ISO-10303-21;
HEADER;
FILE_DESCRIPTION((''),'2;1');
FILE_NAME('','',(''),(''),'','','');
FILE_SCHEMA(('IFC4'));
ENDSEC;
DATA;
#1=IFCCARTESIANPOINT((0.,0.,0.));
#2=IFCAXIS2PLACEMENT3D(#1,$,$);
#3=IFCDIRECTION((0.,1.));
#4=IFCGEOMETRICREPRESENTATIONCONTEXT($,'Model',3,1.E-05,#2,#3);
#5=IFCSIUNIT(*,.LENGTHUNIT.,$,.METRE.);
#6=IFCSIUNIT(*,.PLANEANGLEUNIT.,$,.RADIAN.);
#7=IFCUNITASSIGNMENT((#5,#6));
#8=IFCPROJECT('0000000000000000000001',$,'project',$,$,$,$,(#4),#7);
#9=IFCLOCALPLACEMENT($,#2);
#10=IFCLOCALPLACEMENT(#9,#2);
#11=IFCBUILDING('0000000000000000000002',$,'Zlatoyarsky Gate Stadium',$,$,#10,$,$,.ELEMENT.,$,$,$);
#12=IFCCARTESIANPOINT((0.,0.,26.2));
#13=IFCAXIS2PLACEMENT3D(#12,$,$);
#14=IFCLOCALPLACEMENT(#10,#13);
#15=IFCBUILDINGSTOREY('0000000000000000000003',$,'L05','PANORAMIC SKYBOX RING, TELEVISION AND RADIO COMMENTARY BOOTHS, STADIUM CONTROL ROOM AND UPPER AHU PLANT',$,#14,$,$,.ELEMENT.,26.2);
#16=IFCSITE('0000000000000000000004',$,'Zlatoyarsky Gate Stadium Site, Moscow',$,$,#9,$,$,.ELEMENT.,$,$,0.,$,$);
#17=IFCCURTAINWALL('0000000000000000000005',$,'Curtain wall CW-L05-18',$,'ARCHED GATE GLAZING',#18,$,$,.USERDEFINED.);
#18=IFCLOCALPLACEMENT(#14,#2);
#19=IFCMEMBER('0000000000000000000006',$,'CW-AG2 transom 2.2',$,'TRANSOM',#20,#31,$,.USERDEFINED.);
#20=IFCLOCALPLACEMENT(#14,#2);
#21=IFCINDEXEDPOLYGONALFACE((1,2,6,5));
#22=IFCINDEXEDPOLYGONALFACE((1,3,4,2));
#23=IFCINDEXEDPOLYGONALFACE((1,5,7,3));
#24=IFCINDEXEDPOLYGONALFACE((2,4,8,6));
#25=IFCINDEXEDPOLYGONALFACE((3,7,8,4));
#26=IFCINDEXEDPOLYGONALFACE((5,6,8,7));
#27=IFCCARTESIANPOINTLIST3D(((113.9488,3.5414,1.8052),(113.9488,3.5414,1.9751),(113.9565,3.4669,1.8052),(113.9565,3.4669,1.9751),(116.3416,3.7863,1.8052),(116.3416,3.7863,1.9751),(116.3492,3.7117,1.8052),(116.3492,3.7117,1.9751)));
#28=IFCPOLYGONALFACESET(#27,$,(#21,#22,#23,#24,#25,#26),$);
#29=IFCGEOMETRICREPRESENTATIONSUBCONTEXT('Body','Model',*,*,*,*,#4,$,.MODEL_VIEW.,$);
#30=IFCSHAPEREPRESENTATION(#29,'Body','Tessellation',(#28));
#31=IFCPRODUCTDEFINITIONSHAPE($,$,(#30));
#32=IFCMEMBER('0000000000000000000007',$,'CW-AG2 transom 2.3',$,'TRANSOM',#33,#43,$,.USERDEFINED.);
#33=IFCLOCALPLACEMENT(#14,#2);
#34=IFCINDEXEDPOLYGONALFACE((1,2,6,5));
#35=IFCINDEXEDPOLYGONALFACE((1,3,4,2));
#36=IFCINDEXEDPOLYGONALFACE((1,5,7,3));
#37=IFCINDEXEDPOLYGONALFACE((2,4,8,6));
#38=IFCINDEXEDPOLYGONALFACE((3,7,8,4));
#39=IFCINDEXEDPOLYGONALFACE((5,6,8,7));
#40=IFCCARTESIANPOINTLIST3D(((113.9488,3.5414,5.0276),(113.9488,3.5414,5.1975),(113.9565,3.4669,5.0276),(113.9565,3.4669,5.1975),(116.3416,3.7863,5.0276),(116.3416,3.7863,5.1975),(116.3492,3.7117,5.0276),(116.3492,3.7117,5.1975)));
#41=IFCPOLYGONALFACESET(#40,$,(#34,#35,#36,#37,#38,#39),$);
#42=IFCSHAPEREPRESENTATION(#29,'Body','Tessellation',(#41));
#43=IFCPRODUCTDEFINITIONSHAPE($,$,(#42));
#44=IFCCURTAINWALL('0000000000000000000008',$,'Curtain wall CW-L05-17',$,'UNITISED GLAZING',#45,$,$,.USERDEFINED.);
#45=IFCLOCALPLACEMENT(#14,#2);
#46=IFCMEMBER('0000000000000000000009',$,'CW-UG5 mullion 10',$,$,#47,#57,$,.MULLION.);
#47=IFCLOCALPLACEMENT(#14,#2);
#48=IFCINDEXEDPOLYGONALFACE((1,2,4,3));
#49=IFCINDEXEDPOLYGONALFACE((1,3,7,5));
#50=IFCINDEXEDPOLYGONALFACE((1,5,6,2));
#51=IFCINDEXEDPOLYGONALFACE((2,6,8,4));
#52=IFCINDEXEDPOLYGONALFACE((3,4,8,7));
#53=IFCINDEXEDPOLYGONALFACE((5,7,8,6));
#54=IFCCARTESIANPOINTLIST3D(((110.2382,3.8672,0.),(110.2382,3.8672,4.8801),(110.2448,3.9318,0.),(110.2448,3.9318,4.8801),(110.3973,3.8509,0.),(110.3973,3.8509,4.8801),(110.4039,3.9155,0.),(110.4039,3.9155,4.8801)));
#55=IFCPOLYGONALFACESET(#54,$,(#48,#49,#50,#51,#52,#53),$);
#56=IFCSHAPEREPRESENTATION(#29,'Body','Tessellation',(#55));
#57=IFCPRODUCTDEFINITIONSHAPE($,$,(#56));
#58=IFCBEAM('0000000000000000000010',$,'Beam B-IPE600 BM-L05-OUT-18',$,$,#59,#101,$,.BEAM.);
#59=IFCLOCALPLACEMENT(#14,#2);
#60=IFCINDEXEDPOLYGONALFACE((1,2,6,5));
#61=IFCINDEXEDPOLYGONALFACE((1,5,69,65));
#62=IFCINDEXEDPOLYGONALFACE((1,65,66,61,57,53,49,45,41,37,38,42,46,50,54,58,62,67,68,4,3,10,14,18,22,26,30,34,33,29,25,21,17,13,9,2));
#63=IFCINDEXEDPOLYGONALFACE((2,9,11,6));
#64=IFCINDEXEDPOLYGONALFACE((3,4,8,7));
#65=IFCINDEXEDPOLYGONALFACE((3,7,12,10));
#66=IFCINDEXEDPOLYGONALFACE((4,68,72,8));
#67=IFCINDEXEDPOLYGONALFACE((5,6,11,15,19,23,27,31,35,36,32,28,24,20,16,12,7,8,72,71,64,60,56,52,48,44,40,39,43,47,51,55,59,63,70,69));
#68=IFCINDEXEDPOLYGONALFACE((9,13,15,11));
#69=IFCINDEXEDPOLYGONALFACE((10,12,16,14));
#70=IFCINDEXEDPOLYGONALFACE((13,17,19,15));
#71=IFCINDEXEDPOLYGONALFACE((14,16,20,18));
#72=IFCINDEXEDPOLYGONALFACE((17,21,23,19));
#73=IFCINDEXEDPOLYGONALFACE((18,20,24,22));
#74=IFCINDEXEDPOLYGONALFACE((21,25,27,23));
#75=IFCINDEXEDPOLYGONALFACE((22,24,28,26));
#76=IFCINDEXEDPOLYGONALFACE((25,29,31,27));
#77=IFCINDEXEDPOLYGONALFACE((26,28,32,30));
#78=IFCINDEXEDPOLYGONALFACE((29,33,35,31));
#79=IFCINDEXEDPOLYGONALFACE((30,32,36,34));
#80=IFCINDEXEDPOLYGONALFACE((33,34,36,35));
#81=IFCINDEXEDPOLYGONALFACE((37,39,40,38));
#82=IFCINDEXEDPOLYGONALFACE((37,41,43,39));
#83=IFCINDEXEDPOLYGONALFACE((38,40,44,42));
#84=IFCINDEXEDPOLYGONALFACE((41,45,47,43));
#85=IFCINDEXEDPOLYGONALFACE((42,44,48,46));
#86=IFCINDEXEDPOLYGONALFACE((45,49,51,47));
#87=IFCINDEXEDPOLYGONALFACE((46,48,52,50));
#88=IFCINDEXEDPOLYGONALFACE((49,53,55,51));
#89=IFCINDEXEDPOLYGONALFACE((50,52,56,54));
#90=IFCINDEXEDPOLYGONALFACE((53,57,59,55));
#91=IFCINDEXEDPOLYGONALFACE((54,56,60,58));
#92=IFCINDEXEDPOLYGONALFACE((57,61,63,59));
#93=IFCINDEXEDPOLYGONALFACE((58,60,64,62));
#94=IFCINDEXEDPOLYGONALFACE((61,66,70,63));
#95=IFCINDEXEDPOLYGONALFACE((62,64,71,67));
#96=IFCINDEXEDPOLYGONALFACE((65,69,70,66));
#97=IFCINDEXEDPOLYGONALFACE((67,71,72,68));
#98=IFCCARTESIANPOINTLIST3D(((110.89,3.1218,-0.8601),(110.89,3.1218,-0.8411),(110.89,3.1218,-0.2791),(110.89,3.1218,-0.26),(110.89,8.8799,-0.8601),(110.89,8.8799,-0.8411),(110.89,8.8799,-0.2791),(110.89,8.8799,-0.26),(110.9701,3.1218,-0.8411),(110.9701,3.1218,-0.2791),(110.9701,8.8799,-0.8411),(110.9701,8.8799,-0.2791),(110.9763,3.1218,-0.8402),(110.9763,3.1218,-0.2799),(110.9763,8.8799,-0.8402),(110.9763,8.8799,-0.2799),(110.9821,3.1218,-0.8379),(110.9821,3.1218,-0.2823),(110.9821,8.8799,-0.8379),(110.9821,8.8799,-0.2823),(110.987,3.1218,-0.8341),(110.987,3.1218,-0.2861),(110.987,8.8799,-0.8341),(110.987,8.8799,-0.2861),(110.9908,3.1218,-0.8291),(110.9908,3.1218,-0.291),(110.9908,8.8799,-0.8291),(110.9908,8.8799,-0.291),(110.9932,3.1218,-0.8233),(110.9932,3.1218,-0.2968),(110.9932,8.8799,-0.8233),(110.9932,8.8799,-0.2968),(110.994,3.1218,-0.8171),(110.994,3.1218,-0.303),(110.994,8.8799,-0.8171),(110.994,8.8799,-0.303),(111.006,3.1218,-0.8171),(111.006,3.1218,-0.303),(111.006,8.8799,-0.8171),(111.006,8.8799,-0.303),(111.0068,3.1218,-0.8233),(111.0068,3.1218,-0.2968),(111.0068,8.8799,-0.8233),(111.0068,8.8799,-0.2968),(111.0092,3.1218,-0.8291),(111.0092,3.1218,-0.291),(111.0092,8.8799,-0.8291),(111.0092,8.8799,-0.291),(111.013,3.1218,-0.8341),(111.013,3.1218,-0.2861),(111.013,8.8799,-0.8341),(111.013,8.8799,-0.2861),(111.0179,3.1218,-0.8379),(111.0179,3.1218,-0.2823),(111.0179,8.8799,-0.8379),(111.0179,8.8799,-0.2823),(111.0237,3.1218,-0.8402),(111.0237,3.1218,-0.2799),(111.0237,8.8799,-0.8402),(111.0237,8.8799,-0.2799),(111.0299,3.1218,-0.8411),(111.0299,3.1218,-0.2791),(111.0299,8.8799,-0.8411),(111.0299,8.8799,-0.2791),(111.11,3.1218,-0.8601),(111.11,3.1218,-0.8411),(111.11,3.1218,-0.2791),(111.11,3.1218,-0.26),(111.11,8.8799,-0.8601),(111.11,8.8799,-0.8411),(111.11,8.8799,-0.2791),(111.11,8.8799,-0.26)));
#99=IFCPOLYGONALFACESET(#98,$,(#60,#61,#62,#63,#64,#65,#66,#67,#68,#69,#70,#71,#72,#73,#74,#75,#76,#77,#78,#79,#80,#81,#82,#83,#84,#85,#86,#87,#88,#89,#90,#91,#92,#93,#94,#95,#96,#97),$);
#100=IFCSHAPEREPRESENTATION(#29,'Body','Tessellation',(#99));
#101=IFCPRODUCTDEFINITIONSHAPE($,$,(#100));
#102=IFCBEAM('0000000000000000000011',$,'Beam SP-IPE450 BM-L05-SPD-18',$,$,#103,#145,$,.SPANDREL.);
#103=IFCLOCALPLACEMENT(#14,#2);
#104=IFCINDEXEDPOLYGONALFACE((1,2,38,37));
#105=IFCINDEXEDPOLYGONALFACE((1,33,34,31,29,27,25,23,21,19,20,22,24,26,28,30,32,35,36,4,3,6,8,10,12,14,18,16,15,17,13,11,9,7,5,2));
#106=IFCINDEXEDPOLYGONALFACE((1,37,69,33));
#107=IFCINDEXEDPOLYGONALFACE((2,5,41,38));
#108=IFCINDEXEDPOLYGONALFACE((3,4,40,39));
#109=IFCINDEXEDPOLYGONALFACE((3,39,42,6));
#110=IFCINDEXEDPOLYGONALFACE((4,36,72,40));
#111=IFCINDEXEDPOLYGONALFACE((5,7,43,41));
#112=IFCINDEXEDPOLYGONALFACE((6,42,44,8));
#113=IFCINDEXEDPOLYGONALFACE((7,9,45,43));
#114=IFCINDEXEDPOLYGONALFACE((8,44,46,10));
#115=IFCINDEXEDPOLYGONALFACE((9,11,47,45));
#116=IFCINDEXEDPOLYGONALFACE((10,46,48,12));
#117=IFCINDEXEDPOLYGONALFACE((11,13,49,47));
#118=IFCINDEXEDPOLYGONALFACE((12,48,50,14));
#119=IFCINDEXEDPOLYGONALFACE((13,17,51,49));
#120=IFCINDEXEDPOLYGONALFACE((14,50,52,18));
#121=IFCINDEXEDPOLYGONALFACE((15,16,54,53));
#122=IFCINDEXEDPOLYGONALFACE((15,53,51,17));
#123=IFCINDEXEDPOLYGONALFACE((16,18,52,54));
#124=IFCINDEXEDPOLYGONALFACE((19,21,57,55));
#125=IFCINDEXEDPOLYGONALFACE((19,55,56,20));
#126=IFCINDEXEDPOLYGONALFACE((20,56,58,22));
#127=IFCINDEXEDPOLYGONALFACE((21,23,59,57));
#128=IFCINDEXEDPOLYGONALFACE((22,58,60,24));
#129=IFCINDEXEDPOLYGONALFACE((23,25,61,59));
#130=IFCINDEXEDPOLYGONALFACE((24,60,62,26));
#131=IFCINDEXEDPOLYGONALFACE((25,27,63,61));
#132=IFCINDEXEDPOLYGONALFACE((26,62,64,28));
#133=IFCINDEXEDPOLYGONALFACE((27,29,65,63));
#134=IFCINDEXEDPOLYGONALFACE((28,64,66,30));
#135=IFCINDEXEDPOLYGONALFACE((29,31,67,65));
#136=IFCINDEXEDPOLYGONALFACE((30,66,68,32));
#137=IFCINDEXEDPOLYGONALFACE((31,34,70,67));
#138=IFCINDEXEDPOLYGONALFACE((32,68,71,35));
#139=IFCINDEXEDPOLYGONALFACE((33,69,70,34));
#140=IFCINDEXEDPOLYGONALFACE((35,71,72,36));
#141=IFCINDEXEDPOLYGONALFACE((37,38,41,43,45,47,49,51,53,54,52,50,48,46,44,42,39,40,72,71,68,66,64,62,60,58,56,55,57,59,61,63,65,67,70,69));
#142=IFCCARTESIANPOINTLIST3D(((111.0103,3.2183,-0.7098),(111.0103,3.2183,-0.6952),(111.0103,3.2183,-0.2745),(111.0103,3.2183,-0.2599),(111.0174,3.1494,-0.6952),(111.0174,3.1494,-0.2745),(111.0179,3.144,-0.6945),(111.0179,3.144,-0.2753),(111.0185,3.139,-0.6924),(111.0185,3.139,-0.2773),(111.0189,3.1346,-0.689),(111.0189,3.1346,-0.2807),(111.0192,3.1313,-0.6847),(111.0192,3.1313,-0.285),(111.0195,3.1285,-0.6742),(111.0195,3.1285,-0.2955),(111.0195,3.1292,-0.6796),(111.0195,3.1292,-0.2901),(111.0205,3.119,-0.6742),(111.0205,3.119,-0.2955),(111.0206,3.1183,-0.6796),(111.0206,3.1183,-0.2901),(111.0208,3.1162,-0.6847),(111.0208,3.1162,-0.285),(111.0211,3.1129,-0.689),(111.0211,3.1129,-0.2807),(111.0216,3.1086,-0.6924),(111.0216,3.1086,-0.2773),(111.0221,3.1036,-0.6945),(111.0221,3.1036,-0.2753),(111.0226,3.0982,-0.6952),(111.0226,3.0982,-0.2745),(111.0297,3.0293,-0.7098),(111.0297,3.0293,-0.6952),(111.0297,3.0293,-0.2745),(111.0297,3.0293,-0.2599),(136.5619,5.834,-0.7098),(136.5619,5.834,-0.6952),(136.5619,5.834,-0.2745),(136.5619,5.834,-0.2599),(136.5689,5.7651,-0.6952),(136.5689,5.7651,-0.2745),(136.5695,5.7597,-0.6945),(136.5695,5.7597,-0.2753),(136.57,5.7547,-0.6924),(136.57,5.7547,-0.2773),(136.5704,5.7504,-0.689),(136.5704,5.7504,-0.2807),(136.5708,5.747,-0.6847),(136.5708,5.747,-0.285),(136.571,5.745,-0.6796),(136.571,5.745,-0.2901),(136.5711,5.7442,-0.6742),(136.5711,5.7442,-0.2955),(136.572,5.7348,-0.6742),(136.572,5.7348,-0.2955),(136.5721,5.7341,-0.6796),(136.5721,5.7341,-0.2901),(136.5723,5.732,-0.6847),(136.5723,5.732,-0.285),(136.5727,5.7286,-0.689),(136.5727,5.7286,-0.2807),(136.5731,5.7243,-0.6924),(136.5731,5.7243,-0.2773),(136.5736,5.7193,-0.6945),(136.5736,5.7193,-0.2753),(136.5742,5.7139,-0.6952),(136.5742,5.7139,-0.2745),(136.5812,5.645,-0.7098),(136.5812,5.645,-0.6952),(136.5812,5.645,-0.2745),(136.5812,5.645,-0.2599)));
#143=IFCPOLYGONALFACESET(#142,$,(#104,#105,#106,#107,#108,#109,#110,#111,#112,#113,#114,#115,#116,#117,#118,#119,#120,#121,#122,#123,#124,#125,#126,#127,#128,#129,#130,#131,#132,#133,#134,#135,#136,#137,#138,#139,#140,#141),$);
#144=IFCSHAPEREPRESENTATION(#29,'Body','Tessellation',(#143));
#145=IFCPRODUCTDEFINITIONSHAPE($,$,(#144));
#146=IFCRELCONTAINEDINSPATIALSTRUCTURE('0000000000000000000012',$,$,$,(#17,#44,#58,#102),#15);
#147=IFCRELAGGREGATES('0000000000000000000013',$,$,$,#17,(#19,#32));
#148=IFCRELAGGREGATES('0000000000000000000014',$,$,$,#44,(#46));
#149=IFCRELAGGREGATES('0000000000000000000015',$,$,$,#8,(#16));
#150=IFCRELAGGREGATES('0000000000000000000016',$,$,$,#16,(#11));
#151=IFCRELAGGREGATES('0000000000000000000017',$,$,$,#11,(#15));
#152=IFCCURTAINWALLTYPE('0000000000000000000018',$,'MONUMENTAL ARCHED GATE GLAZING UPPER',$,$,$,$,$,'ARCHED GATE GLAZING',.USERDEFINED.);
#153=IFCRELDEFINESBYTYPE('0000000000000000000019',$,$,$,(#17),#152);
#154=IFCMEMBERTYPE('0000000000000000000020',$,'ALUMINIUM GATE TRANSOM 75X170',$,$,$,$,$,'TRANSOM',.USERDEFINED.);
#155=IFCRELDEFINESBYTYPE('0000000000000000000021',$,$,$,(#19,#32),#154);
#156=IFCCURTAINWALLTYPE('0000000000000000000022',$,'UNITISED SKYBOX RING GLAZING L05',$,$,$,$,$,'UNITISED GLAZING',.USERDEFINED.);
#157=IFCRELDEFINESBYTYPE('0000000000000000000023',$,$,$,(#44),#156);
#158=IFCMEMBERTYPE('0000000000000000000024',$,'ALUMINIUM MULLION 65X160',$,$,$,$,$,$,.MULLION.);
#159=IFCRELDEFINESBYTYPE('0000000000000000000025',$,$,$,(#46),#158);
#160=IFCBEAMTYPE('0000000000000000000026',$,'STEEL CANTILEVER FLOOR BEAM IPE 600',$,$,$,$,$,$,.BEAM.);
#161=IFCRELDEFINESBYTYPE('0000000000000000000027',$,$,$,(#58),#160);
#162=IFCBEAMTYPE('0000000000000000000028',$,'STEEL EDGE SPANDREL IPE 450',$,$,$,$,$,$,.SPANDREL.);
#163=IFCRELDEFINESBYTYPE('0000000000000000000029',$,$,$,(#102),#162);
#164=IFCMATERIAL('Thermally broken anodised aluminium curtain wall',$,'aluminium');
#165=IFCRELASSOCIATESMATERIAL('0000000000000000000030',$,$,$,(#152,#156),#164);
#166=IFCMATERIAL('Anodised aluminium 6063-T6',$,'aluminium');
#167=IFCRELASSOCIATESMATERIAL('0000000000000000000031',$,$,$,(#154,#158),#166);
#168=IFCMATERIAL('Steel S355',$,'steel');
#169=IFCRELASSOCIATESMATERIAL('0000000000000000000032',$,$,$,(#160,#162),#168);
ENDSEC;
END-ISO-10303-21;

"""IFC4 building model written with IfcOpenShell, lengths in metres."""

from ifc_helpers import new_model, si_unit, direction, frame, origin, origin_2d, place, context, subcontext, project, spatial, rectangle, i_section, extrude, material, material_profile, profile_set, type_object, element, aggregate, save


model = new_model("IFC4")

# Units and contexts
model_context = context("Model", 3, precision=1e-05, world=origin(), true_north=direction((0.0, 1.0)))
body_context = subcontext(model_context, "Body", "Model", "MODEL_VIEW")
ifc_project = project(units=[si_unit("LENGTHUNIT", "METRE"), si_unit("PLANEANGLEUNIT", "RADIAN")], contexts=[model_context])

# Site, building, storey
site_placement = place(None, origin())
site = spatial("IfcSite", under=ifc_project, at=site_placement, Name="Zlatoyarsky Gate Stadium Site, Moscow", CompositionType="ELEMENT", RefElevation=0.0)
building_placement = place(site_placement, origin())
building = spatial("IfcBuilding", under=site, at=building_placement, Name="Zlatoyarsky Gate Stadium", CompositionType="ELEMENT")
storey_placement = place(building_placement, frame((0.0, 0.0, 26.2)))
storey = spatial("IfcBuildingStorey", under=building, at=storey_placement, Name="L05", Description="PANORAMIC SKYBOX RING, TELEVISION AND RADIO COMMENTARY BOOTHS, STADIUM CONTROL ROOM AND UPPER AHU PLANT", CompositionType="ELEMENT", Elevation=26.2)

# Shared definitions
ifc_material_1 = material(Name="Steel S355", Category="steel")

# Curtain wall, members
ifc_material_2 = material(Name="Thermally broken anodised aluminium curtain wall", Category="aluminium")
curtain_wall_type_1 = type_object("IfcCurtainWallType", Name="MONUMENTAL ARCHED GATE GLAZING UPPER", ElementType="ARCHED GATE GLAZING", PredefinedType="USERDEFINED", material=ifc_material_2)
curtain_wall_1_placement = place(storey_placement, origin())
curtain_wall_1 = element("IfcCurtainWall", 1, at=curtain_wall_1_placement, inside=storey, type_object=curtain_wall_type_1, Name="Curtain wall CW-L05-18", ObjectType="ARCHED GATE GLAZING", PredefinedType="USERDEFINED")
ifc_material_3 = material(Name="Anodised aluminium 6063-T6", Category="aluminium")
ifc_material_profile_1 = material_profile(ifc_material_3, rectangle(XDim=0.075, YDim=0.1699, at=origin_2d()), Name="ALU 75X170")
ifc_profile_set_1 = profile_set([ifc_material_profile_1], Name="Anodised aluminium 6063-T6")
member_type_1 = type_object("IfcMemberType", Name="ALUMINIUM GATE TRANSOM 75X170", ElementType="TRANSOM", PredefinedType="USERDEFINED", material=ifc_profile_set_1)
member_1_placement = place(storey_placement, frame((113.9526, 3.5042, 1.8901), z_axis=(0.994804, 0.101805, 0.0), x_axis=(-0.101805, 0.994804, 0.0)))
member_1 = element("IfcMember", 2, at=member_1_placement, type_object=member_type_1, Name="CW-AG2 transom 2.2", ObjectType="TRANSOM", PredefinedType="USERDEFINED", context=body_context, shape_type="SweptSolid", body=[
    extrude(rectangle(XDim=0.075, YDim=0.1699, at=origin_2d()), origin(), (0.0, 0.0, 1.0), 2.4053),
])
member_2_placement = place(storey_placement, frame((113.9526, 3.5042, 5.1125), z_axis=(0.994804, 0.101805, 0.0), x_axis=(-0.101805, 0.994804, 0.0)))
member_2 = element("IfcMember", 3, at=member_2_placement, type_object=member_type_1, Name="CW-AG2 transom 2.3", ObjectType="TRANSOM", PredefinedType="USERDEFINED", context=body_context, shape_type="SweptSolid", body=[
    extrude(rectangle(XDim=0.075, YDim=0.1699, at=origin_2d()), origin(), (0.0, 0.0, 1.0), 2.4053),
])

# Curtain wall, member
curtain_wall_type_2 = type_object("IfcCurtainWallType", Name="UNITISED SKYBOX RING GLAZING L05", ElementType="UNITISED GLAZING", PredefinedType="USERDEFINED", material=ifc_material_2)
curtain_wall_2_placement = place(storey_placement, origin())
curtain_wall_2 = element("IfcCurtainWall", 4, at=curtain_wall_2_placement, inside=storey, type_object=curtain_wall_type_2, Name="Curtain wall CW-L05-17", ObjectType="UNITISED GLAZING", PredefinedType="USERDEFINED")
ifc_material_profile_2 = material_profile(ifc_material_3, rectangle(XDim=0.0649, YDim=0.1599, at=origin_2d()), Name="ALU 65X160")
ifc_profile_set_2 = profile_set([ifc_material_profile_2], Name="Anodised aluminium 6063-T6")
member_type_2 = type_object("IfcMemberType", Name="ALUMINIUM MULLION 65X160", PredefinedType="MULLION", material=ifc_profile_set_2)
member_3_placement = place(storey_placement, frame((110.321, 3.8914, 0.0), z_axis=(0.0, 0.0, 1.0), x_axis=(0.101618, 0.994823, 0.0)))
member_3 = element("IfcMember", 5, at=member_3_placement, type_object=member_type_2, Name="CW-UG5 mullion 10", PredefinedType="MULLION", context=body_context, shape_type="SweptSolid", body=[
    extrude(rectangle(XDim=0.0649, YDim=0.1599, at=origin_2d()), origin(), (0.0, 0.0, 1.0), 4.8801),
])

# Beams
ifc_material_profile_3 = material_profile(ifc_material_1, i_section(OverallWidth=0.22, OverallDepth=0.6001, WebThickness=0.012, FlangeThickness=0.019, FilletRadius=0.0239, at=origin_2d()), Name="IPE 600")
ifc_profile_set_3 = profile_set([ifc_material_profile_3], Name="Steel S355")
beam_type_1 = type_object("IfcBeamType", Name="STEEL CANTILEVER FLOOR BEAM IPE 600", PredefinedType="BEAM", material=ifc_profile_set_3)
beam_1_placement = place(storey_placement, frame((111.0, 8.8799, -0.5601), z_axis=(0.0, -1.0, 0.0), x_axis=(1.0, 0.0, 0.0)))
element("IfcBeam", 6, at=beam_1_placement, inside=storey, type_object=beam_type_1, Name="Beam B-IPE600 BM-L05-OUT-18", PredefinedType="BEAM", context=body_context, shape_type="SweptSolid", body=[
    extrude(i_section(OverallWidth=0.22, OverallDepth=0.6001, WebThickness=0.012, FlangeThickness=0.019, FilletRadius=0.0239, at=origin_2d()), origin(), (0.0, 0.0, 1.0), 5.7581),
])
ifc_material_profile_4 = material_profile(ifc_material_1, i_section(OverallWidth=0.1899, OverallDepth=0.45, WebThickness=0.0095, FlangeThickness=0.0146, FilletRadius=0.021, at=origin_2d()), Name="IPE 450")
ifc_profile_set_4 = profile_set([ifc_material_profile_4], Name="Steel S355")
beam_type_2 = type_object("IfcBeamType", Name="STEEL EDGE SPANDREL IPE 450", PredefinedType="SPANDREL", material=ifc_profile_set_4)
beam_2_placement = place(storey_placement, frame((111.02, 3.1238, -0.4849), z_axis=(0.994801, 0.101838, 0.0), x_axis=(-0.101838, 0.994801, 0.0)))
element("IfcBeam", 7, at=beam_2_placement, inside=storey, type_object=beam_type_2, Name="Beam SP-IPE450 BM-L05-SPD-18", PredefinedType="SPANDREL", context=body_context, shape_type="SweptSolid", body=[
    extrude(i_section(OverallWidth=0.1899, OverallDepth=0.45, WebThickness=0.0095, FlangeThickness=0.0146, FilletRadius=0.021, at=origin_2d()), origin(), (0.0, 0.0, 1.0), 25.6851),
])

aggregate(curtain_wall_1, [member_1, member_2])

aggregate(curtain_wall_2, [member_3])

save(model, "model.ifc")
